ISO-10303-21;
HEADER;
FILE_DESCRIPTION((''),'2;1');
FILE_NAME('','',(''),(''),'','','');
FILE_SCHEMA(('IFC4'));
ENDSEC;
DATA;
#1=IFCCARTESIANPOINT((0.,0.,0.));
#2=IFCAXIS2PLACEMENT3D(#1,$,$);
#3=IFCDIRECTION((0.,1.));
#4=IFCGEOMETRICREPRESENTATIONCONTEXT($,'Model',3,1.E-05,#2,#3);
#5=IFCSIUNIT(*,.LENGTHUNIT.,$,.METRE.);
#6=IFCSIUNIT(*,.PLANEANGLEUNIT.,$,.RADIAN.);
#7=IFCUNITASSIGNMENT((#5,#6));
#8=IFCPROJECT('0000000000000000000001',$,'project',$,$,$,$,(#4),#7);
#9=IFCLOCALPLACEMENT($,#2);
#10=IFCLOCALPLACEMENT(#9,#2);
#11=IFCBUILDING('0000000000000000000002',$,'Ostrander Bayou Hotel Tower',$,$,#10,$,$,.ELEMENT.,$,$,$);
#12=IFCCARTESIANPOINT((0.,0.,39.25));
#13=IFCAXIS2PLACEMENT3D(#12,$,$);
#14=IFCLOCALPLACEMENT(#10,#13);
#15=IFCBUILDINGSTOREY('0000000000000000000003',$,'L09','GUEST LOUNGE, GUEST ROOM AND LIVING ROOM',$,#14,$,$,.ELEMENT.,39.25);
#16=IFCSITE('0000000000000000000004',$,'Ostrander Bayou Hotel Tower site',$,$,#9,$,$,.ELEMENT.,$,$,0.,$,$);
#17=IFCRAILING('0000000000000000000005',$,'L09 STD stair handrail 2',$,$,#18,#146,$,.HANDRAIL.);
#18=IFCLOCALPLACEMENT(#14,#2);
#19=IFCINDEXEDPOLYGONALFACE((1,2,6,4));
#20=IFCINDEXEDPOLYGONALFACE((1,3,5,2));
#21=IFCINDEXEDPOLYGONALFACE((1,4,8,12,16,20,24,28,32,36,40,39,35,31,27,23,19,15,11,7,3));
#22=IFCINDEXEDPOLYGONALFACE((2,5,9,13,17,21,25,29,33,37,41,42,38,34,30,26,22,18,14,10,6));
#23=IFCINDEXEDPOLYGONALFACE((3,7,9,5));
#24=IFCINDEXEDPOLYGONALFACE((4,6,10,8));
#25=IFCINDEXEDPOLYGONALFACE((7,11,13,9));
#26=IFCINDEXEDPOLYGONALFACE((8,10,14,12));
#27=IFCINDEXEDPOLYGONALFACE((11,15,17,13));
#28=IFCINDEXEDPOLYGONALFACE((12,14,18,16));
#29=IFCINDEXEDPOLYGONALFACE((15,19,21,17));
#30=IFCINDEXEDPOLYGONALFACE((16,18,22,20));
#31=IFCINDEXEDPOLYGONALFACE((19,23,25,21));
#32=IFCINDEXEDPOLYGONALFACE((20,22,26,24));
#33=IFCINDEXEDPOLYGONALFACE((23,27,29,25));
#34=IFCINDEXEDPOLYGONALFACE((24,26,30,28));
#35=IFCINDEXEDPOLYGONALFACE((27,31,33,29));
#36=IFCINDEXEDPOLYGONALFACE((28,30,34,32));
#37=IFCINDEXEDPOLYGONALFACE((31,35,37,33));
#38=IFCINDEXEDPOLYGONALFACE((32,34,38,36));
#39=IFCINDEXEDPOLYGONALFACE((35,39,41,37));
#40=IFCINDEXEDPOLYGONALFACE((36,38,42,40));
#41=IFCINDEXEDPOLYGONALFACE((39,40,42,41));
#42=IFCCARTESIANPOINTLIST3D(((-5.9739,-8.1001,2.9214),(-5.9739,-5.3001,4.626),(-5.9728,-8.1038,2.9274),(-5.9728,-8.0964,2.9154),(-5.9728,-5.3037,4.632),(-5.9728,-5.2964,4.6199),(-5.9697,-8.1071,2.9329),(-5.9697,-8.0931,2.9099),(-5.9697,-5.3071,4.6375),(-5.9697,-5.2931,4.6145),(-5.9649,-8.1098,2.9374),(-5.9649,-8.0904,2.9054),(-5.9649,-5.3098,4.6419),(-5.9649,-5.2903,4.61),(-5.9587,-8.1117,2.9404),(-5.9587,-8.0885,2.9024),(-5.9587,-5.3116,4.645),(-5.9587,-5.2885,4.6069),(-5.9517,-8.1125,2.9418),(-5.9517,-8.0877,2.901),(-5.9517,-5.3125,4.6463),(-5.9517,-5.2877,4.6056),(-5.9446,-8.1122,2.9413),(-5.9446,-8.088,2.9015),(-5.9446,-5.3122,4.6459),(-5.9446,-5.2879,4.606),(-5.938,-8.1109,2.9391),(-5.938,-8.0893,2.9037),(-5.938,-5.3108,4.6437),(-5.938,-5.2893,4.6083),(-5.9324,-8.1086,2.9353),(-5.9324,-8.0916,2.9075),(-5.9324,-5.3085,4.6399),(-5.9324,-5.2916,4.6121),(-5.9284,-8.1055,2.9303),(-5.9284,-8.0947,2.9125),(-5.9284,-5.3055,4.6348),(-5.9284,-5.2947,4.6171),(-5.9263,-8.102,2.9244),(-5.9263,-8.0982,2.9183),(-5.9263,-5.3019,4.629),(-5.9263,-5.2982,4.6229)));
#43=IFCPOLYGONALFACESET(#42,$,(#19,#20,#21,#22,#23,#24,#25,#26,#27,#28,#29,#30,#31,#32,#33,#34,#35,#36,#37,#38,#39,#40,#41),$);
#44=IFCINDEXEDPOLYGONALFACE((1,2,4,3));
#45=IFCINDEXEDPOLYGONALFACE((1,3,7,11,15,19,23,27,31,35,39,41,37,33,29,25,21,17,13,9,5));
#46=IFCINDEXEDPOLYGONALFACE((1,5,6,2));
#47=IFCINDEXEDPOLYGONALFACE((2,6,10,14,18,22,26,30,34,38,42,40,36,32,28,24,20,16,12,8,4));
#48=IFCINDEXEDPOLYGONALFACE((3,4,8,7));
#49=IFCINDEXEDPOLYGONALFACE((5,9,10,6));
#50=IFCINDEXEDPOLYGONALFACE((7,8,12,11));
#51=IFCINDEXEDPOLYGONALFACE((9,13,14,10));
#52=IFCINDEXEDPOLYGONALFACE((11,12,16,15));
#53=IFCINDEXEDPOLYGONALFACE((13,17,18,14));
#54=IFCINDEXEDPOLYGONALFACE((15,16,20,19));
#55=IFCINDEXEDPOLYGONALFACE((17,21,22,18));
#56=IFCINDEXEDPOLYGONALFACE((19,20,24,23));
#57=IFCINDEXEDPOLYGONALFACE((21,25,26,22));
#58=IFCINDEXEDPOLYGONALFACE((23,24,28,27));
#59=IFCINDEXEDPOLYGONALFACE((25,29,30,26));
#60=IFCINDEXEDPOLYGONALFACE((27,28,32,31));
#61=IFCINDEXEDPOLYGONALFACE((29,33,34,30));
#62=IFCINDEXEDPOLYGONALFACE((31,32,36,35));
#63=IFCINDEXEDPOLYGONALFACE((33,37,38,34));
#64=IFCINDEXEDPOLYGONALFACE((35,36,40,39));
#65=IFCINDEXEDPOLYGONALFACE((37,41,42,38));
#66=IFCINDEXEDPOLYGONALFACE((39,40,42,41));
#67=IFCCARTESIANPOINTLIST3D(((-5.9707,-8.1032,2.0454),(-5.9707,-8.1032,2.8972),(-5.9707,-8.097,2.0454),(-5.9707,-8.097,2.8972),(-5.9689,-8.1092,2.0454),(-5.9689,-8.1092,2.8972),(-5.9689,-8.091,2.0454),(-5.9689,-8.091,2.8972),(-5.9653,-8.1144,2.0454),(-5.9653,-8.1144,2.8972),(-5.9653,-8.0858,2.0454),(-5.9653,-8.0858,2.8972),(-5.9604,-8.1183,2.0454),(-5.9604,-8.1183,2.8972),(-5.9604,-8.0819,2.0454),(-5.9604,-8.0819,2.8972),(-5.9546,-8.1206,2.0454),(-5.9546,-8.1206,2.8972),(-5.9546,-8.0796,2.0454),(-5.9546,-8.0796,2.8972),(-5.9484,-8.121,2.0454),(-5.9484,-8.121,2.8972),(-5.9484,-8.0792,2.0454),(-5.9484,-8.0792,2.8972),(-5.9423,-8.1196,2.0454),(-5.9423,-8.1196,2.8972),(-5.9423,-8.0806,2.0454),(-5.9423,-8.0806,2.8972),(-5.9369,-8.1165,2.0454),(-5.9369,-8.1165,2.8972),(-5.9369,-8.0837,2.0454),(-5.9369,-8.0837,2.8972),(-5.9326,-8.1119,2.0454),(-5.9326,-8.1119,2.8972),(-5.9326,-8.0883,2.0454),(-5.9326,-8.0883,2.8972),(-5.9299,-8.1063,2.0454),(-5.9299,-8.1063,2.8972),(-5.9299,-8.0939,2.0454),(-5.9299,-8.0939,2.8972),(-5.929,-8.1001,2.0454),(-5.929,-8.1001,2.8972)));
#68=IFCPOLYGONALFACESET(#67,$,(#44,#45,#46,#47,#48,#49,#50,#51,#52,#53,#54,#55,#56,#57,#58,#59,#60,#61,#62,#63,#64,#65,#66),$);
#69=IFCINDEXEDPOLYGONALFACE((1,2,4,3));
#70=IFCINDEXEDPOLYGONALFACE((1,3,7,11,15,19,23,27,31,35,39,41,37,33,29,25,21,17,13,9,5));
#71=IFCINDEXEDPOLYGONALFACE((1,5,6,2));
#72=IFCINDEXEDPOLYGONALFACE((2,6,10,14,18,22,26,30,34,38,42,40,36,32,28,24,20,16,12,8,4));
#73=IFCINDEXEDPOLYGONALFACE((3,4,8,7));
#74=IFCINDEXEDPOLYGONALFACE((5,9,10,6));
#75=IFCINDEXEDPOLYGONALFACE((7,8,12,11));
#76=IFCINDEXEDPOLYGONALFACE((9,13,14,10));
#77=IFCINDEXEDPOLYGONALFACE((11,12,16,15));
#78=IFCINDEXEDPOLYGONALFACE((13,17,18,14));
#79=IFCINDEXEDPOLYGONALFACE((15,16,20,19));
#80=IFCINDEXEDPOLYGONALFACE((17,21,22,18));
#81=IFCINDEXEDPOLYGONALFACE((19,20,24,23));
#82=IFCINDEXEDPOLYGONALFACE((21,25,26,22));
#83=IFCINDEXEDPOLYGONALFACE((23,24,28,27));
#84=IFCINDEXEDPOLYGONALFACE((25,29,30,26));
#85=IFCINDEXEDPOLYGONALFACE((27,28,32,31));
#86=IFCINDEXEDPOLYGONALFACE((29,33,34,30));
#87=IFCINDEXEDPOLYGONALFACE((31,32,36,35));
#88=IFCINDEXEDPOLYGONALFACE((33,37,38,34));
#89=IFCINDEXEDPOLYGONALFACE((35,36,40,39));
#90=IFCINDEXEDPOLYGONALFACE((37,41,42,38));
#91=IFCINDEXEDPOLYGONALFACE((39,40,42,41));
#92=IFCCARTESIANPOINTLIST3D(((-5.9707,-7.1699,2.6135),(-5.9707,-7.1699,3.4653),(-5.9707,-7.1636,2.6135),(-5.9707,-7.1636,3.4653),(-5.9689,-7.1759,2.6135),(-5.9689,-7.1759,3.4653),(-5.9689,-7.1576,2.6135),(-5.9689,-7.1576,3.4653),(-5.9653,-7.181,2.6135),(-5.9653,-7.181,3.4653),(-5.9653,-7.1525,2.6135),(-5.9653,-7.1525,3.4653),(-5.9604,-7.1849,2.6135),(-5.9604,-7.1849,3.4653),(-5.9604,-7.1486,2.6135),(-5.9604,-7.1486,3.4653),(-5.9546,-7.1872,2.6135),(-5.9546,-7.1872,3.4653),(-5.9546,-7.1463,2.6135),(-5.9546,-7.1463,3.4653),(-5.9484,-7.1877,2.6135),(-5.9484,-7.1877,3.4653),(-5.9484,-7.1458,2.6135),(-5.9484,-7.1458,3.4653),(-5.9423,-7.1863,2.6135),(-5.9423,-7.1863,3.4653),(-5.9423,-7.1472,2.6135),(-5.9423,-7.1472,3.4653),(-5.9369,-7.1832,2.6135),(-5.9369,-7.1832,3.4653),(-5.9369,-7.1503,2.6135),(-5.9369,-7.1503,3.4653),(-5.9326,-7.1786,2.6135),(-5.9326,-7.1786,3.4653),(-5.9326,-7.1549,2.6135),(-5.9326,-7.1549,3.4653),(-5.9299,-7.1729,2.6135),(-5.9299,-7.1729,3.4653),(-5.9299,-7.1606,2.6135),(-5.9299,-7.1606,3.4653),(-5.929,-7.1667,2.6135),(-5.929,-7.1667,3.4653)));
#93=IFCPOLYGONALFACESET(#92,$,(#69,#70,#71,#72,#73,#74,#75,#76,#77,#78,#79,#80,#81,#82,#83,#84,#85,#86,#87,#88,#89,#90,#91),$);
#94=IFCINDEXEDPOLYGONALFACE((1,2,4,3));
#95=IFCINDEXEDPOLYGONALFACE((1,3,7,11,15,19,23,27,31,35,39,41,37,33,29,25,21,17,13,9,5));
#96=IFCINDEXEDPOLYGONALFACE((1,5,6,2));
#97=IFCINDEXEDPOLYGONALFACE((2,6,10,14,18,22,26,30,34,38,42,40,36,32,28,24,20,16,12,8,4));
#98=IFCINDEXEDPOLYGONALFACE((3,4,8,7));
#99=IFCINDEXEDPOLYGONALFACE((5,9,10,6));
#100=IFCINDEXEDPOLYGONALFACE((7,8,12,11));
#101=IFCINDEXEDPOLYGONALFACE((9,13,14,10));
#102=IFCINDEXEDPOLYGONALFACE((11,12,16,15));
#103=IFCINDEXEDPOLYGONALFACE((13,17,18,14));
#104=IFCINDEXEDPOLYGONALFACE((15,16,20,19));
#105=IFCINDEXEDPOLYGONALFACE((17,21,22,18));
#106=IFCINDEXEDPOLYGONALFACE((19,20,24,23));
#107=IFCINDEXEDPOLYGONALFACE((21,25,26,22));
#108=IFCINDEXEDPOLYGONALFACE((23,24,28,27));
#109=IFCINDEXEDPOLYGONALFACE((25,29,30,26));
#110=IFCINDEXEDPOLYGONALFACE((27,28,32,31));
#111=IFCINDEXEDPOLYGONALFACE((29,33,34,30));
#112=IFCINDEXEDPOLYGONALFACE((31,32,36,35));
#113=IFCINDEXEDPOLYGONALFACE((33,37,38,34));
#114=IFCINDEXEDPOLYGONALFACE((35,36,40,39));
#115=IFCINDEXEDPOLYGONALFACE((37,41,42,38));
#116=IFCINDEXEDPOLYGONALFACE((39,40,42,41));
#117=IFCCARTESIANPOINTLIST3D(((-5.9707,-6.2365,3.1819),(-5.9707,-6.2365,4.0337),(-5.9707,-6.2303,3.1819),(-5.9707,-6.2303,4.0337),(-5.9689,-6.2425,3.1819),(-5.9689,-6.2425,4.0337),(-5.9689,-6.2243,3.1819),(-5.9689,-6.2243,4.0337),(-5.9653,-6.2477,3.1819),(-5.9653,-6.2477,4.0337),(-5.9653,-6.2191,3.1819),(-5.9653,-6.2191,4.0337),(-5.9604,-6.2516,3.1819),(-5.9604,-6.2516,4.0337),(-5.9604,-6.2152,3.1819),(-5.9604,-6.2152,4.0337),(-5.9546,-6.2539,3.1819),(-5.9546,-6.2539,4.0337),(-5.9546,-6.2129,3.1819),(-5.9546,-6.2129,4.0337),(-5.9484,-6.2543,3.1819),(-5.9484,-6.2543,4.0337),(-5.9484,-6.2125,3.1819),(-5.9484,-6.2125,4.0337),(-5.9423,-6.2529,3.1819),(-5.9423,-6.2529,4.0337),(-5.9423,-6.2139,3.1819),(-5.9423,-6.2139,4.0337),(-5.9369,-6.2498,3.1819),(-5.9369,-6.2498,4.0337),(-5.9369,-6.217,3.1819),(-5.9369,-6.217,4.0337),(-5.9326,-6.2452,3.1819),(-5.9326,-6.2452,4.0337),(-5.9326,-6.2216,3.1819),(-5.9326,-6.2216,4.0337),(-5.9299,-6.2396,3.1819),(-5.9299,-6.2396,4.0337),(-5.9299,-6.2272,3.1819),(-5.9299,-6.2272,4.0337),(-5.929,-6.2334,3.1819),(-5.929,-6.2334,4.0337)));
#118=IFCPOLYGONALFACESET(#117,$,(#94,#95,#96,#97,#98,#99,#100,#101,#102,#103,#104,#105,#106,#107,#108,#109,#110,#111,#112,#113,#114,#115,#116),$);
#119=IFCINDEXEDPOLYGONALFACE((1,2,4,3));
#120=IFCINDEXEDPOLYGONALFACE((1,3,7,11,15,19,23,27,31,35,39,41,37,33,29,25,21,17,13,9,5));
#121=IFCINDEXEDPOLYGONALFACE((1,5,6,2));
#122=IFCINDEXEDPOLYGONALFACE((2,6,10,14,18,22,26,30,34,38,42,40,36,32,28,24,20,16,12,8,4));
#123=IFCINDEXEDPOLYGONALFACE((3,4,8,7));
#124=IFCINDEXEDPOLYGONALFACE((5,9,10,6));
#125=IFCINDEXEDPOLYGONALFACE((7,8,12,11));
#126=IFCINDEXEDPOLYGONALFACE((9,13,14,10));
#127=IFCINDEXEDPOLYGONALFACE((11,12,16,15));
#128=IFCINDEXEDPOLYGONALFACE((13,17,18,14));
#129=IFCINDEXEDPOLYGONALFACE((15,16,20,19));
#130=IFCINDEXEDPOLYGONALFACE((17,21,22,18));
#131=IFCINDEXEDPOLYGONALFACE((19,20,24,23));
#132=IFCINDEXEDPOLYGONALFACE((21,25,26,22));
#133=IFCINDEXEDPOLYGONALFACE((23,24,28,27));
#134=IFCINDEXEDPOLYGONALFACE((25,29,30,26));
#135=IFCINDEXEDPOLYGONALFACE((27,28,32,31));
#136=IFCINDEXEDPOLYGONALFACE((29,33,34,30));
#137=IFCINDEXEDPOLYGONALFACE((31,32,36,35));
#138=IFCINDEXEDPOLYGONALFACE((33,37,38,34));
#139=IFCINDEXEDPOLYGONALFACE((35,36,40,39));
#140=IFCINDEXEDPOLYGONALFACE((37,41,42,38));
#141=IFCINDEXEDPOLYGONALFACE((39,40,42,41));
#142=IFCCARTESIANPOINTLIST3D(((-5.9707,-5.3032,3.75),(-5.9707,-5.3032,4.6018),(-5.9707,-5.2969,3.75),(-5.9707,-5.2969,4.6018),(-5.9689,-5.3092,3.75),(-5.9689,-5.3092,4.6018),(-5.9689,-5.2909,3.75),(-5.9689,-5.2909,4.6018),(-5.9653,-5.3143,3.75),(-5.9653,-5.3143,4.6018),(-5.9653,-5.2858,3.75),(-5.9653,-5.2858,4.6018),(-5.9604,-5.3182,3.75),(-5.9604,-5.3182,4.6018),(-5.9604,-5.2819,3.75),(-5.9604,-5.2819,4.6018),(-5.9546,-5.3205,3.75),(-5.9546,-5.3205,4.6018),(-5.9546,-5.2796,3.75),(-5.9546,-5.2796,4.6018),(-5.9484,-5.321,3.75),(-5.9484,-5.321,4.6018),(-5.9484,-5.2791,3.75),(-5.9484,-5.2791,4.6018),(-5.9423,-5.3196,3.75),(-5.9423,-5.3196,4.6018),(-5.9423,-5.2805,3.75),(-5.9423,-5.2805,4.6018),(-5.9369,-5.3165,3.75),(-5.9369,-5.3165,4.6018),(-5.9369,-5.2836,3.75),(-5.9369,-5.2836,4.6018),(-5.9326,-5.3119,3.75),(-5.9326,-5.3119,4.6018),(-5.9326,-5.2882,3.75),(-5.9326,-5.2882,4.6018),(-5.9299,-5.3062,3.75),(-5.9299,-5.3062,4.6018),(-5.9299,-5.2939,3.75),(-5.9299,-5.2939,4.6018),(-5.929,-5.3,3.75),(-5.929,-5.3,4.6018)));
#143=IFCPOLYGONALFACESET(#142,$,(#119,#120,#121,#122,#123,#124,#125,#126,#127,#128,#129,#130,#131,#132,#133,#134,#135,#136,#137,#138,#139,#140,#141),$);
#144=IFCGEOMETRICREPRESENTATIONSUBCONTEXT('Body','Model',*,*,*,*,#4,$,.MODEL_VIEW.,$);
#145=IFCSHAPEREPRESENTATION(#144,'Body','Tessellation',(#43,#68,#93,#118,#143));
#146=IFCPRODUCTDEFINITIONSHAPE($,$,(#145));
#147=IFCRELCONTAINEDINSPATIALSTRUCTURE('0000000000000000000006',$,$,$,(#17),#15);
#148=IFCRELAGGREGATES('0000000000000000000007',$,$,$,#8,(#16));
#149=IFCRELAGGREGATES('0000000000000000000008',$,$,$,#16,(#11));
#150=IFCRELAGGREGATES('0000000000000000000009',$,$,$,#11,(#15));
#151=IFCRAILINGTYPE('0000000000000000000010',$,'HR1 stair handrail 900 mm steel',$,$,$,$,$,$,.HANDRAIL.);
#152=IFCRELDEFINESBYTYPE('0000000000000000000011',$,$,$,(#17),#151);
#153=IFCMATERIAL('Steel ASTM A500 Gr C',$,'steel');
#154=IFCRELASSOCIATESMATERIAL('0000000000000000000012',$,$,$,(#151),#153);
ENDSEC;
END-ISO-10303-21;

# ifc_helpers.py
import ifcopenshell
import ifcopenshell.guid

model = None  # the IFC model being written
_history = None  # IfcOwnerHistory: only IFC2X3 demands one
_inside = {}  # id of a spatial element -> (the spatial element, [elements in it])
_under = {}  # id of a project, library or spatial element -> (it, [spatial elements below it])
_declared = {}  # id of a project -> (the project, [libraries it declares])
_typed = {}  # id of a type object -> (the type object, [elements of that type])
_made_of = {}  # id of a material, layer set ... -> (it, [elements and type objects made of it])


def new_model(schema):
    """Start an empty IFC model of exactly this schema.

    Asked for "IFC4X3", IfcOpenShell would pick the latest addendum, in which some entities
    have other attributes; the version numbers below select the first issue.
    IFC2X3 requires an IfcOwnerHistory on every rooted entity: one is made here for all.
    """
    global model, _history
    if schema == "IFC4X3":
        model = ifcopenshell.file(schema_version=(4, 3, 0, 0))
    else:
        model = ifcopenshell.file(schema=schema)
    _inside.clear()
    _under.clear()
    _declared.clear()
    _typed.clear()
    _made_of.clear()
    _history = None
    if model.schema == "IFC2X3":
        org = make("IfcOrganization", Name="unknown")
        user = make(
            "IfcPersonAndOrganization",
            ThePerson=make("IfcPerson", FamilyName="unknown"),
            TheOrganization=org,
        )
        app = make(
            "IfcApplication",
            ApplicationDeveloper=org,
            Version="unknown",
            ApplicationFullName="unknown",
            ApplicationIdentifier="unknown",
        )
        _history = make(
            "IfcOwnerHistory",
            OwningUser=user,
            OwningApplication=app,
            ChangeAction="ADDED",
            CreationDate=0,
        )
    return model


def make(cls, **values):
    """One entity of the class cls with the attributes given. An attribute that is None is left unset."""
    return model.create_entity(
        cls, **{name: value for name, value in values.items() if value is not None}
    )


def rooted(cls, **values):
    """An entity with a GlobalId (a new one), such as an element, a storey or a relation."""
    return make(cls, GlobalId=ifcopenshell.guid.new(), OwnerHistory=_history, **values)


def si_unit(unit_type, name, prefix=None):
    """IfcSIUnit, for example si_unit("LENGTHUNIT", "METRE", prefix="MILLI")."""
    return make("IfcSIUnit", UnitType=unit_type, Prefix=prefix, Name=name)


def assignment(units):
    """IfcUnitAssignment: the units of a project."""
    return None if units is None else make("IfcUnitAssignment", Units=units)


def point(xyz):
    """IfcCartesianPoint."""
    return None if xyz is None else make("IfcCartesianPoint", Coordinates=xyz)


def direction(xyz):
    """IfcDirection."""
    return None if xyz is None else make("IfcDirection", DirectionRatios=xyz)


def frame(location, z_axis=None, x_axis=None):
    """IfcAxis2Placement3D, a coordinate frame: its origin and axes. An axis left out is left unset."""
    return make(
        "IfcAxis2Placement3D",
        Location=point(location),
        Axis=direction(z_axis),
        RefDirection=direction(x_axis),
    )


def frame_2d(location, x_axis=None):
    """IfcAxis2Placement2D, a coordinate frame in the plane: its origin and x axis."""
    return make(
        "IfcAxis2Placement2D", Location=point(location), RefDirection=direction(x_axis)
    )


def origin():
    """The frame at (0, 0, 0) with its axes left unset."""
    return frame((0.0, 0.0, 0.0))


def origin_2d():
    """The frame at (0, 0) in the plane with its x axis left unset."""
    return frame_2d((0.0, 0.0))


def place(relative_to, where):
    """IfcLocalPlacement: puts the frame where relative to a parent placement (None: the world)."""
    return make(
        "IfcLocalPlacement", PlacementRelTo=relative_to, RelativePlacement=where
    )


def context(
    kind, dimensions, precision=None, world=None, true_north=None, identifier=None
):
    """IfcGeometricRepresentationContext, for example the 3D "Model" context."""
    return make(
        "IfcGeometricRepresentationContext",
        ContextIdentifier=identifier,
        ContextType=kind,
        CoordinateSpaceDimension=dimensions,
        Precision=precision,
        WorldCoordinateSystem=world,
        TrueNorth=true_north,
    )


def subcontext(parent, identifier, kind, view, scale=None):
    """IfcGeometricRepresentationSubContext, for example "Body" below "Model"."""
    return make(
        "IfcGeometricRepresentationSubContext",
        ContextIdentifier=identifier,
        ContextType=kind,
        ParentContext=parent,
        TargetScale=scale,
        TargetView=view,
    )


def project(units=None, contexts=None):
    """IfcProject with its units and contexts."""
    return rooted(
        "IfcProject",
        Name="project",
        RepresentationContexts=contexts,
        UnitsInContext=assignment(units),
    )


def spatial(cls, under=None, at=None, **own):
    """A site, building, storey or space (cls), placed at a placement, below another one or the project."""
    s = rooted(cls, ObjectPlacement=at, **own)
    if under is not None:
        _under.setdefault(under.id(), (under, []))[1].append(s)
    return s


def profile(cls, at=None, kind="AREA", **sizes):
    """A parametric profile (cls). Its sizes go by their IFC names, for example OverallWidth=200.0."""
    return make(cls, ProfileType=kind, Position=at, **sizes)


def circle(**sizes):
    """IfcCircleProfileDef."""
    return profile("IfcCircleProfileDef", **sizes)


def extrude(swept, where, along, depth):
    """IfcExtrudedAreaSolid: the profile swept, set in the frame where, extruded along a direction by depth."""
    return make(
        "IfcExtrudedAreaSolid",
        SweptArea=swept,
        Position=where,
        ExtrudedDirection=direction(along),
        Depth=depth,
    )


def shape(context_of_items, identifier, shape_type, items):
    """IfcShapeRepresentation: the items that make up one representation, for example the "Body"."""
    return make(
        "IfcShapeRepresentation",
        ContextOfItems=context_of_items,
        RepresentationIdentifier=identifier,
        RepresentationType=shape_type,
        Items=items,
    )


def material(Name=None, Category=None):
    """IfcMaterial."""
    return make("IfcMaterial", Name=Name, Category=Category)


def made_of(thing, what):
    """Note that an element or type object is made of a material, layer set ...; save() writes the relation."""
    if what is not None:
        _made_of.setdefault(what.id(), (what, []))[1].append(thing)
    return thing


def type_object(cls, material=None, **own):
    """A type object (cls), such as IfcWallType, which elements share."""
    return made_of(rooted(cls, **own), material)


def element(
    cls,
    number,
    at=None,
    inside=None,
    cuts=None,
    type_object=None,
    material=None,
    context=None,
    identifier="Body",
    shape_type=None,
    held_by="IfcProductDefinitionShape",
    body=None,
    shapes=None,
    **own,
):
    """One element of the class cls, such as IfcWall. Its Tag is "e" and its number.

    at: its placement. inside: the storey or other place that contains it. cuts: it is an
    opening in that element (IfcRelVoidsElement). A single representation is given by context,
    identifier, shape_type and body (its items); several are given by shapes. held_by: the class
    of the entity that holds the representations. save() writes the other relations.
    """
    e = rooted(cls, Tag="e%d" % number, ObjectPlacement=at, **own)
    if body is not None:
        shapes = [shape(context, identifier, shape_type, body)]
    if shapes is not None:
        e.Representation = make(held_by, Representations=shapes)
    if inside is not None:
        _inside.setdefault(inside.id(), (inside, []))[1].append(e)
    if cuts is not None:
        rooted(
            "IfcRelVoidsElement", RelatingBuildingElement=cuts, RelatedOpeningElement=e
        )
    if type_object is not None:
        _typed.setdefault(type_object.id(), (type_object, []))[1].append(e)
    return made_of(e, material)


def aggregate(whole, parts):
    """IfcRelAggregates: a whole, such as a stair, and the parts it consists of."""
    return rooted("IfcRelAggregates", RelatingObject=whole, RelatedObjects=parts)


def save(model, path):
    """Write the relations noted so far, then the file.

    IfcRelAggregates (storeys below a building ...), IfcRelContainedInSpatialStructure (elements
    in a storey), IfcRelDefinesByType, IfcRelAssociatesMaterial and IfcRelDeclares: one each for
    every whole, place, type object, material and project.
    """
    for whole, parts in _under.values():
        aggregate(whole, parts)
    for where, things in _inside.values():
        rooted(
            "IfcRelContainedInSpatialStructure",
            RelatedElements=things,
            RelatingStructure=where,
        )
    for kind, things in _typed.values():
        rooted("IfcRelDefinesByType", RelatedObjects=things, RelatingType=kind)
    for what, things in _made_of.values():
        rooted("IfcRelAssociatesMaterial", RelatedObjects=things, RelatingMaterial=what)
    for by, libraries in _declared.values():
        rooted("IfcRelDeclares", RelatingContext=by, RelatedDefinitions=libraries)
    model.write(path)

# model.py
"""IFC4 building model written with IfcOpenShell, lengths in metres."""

from ifc_helpers import new_model, si_unit, direction, frame, origin, origin_2d, place, context, subcontext, project, spatial, circle, extrude, material, type_object, element, save


model = new_model("IFC4")

# Units and contexts
model_context = context("Model", 3, precision=1e-05, world=origin(), true_north=direction((0.0, 1.0)))
body_context = subcontext(model_context, "Body", "Model", "MODEL_VIEW")
ifc_project = project(units=[si_unit("LENGTHUNIT", "METRE"), si_unit("PLANEANGLEUNIT", "RADIAN")], contexts=[model_context])

# Site, building, storey
site_placement = place(None, origin())
site = spatial("IfcSite", under=ifc_project, at=site_placement, Name="Ostrander Bayou Hotel Tower site", CompositionType="ELEMENT", RefElevation=0.0)
building_placement = place(site_placement, origin())
building = spatial("IfcBuilding", under=site, at=building_placement, Name="Ostrander Bayou Hotel Tower", CompositionType="ELEMENT")
storey_placement = place(building_placement, frame((0.0, 0.0, 39.25)))
storey = spatial("IfcBuildingStorey", under=building, at=storey_placement, Name="L09", Description="GUEST LOUNGE, GUEST ROOM AND LIVING ROOM", CompositionType="ELEMENT", Elevation=39.25)

# Railing
ifc_material_1 = material(Name="Steel ASTM A500 Gr C", Category="steel")
railing_type_1 = type_object("IfcRailingType", Name="HR1 stair handrail 900 mm steel", PredefinedType="HANDRAIL", material=ifc_material_1)
railing_1_placement = place(storey_placement, frame((-5.95, -8.1001, 2.0454)))
element("IfcRailing", 1, at=railing_1_placement, inside=storey, type_object=railing_type_1, Name="L09 STD stair handrail 2", PredefinedType="HANDRAIL", context=body_context, shape_type="SweptSolid", body=[
    extrude(circle(Radius=0.0239, at=origin_2d()), frame((0.0, 0.0, 0.876), z_axis=(0.0, 0.85417, 0.519994), x_axis=(-1.0, 0.0, 0.0)), (0.0, 0.0, 1.0), 3.2781),
    extrude(circle(Radius=0.021, at=origin_2d()), origin(), (0.0, 0.0, 1.0), 0.8518),
    extrude(circle(Radius=0.021, at=origin_2d()), frame((0.0, 0.9333, 0.5681)), (0.0, 0.0, 1.0), 0.8518),
    extrude(circle(Radius=0.021, at=origin_2d()), frame((0.0, 1.8667, 1.1365)), (0.0, 0.0, 1.0), 0.8518),
    extrude(circle(Radius=0.021, at=origin_2d()), frame((0.0, 2.8, 1.7046)), (0.0, 0.0, 1.0), 0.8518),
])

save(model, "model.ifc")
